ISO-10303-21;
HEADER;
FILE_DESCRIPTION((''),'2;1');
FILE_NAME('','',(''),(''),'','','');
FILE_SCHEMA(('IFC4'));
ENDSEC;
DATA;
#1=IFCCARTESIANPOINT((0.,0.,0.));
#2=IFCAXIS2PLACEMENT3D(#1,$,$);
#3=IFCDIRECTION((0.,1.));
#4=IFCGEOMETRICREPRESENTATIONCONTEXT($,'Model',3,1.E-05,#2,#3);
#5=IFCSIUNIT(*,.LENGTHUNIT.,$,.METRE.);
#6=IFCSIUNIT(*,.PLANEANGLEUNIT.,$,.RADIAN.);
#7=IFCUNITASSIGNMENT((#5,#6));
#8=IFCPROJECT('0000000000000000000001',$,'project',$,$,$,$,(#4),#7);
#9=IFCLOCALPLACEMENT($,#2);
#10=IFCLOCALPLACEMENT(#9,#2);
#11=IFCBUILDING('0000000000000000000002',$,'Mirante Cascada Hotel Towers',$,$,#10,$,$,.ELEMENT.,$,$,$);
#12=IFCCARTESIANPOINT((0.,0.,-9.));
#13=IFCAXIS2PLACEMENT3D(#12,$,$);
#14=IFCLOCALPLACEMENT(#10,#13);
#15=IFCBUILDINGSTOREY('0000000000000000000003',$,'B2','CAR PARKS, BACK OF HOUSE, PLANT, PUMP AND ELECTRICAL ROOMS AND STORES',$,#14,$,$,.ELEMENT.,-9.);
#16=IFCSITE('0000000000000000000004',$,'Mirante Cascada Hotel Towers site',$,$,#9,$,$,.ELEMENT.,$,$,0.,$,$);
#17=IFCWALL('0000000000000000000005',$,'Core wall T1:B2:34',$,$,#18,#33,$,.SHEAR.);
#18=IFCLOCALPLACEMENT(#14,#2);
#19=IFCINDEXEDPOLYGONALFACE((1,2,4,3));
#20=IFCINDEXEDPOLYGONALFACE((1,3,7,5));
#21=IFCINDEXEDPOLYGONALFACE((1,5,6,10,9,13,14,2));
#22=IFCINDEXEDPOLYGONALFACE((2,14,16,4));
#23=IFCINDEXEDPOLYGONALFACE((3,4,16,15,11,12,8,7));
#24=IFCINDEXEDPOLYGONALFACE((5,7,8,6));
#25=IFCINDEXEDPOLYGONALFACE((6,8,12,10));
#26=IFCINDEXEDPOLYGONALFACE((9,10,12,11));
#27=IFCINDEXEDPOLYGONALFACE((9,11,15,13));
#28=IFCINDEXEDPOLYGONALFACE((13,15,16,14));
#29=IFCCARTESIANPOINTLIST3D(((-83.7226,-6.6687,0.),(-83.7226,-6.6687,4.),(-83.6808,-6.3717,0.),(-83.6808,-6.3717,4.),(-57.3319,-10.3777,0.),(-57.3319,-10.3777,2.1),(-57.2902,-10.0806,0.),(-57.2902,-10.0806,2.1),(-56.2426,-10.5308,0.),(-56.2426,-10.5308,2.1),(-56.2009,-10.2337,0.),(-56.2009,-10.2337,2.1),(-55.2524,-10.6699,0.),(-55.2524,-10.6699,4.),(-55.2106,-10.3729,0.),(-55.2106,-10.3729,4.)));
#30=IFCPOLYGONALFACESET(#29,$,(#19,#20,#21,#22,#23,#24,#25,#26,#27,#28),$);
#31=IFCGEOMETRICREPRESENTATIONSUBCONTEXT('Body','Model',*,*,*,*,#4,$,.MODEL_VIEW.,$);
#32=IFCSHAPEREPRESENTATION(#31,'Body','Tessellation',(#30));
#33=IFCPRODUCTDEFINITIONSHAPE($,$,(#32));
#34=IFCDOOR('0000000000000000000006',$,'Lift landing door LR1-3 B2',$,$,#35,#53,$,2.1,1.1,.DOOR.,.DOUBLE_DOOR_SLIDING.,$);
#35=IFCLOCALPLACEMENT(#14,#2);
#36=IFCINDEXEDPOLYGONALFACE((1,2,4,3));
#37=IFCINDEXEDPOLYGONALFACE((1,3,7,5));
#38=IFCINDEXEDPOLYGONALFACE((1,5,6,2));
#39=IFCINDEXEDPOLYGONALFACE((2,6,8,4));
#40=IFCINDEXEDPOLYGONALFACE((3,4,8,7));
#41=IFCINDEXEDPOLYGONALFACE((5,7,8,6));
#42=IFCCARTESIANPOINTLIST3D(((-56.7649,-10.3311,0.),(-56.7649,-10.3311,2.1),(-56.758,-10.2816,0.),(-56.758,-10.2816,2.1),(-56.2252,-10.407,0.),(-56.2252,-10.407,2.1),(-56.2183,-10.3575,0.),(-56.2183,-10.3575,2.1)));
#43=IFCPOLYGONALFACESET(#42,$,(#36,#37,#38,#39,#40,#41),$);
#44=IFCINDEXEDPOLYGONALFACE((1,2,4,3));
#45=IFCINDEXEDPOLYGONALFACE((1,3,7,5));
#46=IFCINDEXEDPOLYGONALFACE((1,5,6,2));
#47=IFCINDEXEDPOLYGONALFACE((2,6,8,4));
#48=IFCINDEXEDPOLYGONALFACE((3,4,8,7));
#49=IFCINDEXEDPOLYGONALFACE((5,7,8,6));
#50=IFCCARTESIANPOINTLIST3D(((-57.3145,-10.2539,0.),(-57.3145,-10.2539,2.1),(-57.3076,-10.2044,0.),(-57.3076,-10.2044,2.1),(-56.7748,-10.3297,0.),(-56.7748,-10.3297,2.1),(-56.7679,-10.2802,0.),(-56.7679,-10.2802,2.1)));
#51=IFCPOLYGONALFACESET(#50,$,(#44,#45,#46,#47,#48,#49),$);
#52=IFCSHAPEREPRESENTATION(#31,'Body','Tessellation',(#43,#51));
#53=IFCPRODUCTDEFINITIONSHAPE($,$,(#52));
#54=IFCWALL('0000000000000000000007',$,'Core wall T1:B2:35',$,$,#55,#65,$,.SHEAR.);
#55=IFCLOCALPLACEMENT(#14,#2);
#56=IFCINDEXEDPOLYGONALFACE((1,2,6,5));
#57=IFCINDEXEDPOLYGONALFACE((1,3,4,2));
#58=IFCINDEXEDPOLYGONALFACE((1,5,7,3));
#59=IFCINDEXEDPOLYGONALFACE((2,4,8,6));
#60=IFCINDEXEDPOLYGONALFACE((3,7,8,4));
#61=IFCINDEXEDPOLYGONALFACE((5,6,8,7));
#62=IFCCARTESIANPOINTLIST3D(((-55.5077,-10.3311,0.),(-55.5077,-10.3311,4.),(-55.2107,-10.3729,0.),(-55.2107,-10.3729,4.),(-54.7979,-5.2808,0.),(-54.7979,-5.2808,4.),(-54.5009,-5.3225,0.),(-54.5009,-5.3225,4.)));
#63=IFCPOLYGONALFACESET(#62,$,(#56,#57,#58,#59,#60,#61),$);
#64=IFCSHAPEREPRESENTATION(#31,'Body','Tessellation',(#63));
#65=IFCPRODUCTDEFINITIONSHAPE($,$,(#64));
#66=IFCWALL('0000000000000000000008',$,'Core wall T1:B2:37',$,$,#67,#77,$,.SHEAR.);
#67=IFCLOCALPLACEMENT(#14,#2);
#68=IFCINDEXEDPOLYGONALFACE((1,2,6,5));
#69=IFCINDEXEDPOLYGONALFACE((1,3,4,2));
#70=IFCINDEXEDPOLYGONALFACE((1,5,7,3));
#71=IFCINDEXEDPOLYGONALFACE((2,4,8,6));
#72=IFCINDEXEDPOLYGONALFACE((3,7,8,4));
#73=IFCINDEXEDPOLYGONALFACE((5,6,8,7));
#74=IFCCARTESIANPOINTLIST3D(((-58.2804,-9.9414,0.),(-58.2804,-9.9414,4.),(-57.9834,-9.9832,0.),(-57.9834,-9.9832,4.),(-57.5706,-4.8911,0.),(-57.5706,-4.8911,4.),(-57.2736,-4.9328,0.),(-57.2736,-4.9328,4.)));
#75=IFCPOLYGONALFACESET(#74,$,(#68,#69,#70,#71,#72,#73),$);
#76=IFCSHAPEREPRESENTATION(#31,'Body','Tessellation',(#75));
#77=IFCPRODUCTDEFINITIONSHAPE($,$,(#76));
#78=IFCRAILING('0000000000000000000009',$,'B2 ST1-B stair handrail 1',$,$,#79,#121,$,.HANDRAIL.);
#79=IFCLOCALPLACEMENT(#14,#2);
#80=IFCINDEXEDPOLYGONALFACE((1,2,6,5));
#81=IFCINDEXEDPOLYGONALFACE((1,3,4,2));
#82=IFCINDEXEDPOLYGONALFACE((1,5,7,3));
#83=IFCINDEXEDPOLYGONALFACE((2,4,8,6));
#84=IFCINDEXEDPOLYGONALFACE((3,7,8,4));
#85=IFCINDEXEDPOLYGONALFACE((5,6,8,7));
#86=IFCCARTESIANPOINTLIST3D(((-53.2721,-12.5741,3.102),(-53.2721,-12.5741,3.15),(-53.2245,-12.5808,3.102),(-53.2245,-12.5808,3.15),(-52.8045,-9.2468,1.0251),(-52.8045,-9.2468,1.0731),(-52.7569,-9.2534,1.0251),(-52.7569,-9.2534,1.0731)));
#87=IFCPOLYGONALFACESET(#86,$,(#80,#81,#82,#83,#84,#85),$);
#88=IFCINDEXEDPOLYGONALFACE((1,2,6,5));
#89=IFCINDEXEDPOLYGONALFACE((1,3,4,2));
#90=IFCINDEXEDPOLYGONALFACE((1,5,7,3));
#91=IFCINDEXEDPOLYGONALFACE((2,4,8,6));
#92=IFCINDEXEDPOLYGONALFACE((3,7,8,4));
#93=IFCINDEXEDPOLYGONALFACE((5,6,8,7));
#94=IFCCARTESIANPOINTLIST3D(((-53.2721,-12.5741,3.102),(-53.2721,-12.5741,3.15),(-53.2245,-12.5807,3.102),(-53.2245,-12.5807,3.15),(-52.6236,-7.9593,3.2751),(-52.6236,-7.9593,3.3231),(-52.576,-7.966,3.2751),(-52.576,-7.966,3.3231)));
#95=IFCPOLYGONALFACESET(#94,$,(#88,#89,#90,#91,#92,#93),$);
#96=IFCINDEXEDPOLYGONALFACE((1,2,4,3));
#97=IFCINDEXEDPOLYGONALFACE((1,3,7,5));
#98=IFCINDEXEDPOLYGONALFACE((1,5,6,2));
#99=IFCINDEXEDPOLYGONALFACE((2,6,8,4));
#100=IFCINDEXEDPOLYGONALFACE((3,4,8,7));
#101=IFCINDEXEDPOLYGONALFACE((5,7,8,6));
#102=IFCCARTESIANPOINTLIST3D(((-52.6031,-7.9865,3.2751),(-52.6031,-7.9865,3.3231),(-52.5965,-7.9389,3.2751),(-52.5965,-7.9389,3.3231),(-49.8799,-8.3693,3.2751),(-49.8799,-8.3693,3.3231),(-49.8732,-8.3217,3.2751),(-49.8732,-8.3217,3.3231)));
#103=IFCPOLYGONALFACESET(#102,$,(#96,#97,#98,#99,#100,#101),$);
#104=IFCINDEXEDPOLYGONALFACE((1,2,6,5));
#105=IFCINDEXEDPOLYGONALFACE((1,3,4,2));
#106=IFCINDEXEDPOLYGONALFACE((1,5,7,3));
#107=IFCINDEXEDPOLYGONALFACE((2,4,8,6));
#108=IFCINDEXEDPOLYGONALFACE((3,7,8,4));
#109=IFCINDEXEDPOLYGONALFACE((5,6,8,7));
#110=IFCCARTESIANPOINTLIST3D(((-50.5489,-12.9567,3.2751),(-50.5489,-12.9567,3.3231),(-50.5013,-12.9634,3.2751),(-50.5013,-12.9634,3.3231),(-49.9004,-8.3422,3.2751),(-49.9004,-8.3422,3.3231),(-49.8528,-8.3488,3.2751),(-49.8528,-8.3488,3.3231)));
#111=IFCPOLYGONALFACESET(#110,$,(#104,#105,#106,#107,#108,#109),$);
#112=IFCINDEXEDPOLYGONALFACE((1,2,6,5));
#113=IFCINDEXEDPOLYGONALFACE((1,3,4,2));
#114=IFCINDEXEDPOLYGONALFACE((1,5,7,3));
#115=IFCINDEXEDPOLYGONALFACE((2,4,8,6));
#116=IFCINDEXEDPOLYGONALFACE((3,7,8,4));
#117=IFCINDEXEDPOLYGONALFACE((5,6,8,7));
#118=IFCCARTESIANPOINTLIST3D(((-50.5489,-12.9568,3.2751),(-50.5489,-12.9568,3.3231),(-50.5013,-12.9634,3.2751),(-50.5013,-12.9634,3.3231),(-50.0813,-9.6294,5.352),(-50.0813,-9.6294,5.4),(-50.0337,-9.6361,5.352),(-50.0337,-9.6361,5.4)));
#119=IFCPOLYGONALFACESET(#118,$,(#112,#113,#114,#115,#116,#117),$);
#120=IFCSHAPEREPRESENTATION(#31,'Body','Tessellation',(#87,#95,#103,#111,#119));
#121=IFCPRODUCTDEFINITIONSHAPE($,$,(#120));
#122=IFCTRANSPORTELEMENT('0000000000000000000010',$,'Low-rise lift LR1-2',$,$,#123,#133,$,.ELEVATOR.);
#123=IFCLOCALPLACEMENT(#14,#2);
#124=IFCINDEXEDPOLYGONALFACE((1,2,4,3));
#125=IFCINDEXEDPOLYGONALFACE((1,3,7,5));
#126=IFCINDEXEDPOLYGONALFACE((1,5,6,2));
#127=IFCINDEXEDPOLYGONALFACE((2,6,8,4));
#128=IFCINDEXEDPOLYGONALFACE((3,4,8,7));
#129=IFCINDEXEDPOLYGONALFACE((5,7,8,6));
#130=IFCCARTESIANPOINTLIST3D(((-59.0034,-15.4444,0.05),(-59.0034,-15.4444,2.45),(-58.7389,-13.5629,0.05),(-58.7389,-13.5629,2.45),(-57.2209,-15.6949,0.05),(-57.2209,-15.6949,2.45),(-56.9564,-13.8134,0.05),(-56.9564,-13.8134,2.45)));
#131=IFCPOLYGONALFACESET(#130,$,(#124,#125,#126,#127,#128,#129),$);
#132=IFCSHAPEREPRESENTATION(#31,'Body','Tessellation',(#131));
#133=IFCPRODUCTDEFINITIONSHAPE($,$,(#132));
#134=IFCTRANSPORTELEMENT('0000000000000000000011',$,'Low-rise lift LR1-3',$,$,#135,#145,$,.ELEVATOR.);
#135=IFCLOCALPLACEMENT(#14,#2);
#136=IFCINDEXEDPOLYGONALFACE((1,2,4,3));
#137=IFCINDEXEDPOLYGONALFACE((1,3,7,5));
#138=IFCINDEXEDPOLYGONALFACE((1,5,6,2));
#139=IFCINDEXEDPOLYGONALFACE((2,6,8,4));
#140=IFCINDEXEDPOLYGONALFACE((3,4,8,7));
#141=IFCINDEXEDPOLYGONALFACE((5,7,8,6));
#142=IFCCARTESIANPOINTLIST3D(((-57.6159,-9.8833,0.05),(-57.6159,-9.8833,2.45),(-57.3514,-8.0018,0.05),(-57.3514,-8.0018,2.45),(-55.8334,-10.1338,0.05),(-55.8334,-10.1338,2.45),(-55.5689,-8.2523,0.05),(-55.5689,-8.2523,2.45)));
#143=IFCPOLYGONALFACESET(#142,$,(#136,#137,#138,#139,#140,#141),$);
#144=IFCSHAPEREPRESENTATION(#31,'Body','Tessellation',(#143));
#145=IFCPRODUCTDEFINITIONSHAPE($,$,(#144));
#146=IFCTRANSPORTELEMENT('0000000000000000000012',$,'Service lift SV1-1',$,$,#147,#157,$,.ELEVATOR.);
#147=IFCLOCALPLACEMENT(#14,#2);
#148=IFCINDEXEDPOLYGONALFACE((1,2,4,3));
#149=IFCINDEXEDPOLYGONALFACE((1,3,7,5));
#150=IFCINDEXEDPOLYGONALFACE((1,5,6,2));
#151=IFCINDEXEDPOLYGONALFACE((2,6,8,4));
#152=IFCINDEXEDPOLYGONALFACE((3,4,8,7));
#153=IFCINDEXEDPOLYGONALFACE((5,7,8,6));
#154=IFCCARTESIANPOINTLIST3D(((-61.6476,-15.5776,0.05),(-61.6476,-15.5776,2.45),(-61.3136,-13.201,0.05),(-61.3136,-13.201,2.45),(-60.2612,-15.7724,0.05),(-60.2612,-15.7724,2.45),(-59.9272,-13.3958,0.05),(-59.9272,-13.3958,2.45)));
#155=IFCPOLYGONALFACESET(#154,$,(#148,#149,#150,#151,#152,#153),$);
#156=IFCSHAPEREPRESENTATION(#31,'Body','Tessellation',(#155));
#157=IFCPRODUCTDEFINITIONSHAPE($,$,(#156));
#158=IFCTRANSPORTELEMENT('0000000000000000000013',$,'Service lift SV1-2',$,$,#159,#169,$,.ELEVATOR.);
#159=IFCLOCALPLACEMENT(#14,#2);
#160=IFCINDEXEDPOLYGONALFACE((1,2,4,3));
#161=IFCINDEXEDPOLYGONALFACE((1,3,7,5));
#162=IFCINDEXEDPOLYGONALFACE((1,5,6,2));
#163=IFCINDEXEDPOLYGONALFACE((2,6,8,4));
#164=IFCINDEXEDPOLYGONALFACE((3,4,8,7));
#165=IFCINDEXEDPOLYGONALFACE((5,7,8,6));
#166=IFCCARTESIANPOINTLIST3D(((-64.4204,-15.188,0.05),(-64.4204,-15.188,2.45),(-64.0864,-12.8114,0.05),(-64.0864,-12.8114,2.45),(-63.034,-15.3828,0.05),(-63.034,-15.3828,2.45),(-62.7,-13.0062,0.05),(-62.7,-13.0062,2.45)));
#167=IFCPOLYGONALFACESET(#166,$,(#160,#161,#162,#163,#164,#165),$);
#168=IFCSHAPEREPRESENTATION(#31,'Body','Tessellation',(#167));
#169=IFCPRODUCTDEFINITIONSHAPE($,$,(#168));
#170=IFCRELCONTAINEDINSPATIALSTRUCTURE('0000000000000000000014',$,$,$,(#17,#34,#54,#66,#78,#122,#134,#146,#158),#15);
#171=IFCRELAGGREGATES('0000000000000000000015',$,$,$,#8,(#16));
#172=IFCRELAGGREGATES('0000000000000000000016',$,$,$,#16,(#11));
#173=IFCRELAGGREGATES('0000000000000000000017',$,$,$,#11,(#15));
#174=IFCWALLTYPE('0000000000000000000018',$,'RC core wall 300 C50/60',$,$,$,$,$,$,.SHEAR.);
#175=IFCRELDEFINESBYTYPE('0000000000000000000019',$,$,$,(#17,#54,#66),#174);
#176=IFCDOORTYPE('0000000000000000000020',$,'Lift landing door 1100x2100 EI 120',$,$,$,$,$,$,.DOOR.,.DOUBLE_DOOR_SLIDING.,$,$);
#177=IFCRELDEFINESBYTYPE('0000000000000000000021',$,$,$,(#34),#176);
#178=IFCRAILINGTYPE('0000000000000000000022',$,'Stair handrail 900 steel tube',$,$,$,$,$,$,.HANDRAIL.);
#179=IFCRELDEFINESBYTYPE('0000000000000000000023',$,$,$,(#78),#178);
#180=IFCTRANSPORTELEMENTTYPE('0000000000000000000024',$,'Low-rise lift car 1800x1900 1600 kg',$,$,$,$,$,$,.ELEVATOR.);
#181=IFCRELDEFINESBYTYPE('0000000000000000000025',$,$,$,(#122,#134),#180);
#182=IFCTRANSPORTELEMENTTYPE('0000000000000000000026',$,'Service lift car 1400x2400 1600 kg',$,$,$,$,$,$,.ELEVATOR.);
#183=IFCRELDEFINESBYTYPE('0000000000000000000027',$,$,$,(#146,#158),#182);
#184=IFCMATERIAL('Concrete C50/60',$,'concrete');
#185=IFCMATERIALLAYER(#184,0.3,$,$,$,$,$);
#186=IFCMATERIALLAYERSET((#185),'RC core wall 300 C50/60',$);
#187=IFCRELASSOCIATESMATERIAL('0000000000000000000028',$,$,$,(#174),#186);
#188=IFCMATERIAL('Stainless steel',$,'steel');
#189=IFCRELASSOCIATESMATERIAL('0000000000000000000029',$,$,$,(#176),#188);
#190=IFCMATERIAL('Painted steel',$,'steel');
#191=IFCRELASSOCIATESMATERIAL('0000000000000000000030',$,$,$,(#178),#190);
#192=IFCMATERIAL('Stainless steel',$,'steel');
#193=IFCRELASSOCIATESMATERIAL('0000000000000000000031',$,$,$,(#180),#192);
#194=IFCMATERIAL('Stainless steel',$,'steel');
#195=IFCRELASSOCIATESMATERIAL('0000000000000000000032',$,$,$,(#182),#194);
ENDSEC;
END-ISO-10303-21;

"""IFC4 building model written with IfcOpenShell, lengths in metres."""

from ifc_helpers import new_model, si_unit, direction, frame, frame_2d, origin, origin_2d, place, context, subcontext, project, spatial, rectangle, extrude, material, layer, layer_set, type_object, element, fill, save


model = new_model("IFC4")

# Units and contexts
model_context = context("Model", 3, precision=1e-05, world=origin(), true_north=direction((0.0, 1.0)))
body_context = subcontext(model_context, "Body", "Model", "MODEL_VIEW")
ifc_project = project(units=[si_unit("LENGTHUNIT", "METRE"), si_unit("PLANEANGLEUNIT", "RADIAN")], contexts=[model_context])

# Site, building, storey
site_placement = place(None, origin())
site = spatial("IfcSite", under=ifc_project, at=site_placement, Name="Mirante Cascada Hotel Towers site", CompositionType="ELEMENT", RefElevation=0.0)
building_placement = place(site_placement, origin())
building = spatial("IfcBuilding", under=site, at=building_placement, Name="Mirante Cascada Hotel Towers", CompositionType="ELEMENT")
storey_placement = place(building_placement, frame((0.0, 0.0, -9.0)))
storey = spatial("IfcBuildingStorey", under=building, at=storey_placement, Name="B2", Description="CAR PARKS, BACK OF HOUSE, PLANT, PUMP AND ELECTRICAL ROOMS AND STORES", CompositionType="ELEMENT", Elevation=-9.0)

# Shared definitions
ifc_material_1 = material(Name="Concrete C50/60", Category="concrete")
ifc_layer = layer(ifc_material_1, 0.3)
ifc_layer_set = layer_set([ifc_layer], Name="RC core wall 300 C50/60")
wall_type = type_object("IfcWallType", Name="RC core wall 300 C50/60", PredefinedType="SHEAR", material=ifc_layer_set)
ifc_material_2 = material(Name="Stainless steel", Category="steel")
door_type_1 = type_object("IfcDoorType", Name="Lift landing door 1100x2100 EI 120", OperationType="DOUBLE_DOOR_SLIDING", PredefinedType="DOOR", material=ifc_material_2)

# Wall, opening, door
wall_1_placement = place(storey_placement, frame((-55.2315, -10.5214, 0.0), z_axis=(0.0, 0.0, 1.0), x_axis=(-0.990268, 0.139172, 0.0)))
wall_1 = element("IfcWall", 1, at=wall_1_placement, inside=storey, type_object=wall_type, Name="Core wall T1:B2:34", PredefinedType="SHEAR", context=body_context, shape_type="SweptSolid", body=[
    extrude(rectangle(XDim=28.75, YDim=0.3, at=frame_2d((14.375, 0.0))), origin(), (0.0, 0.0, 1.0), 4.0),
])
opening_1_placement = place(wall_1_placement, frame((1.0, 0.0, 0.0)))
opening_1 = element("IfcOpeningElement", 2, at=opening_1_placement, cuts=wall_1, PredefinedType="OPENING", context=body_context, shape_type="SweptSolid", body=[
    extrude(rectangle(XDim=1.1, YDim=2.1, at=frame_2d((0.55, 1.05))), frame((0.0, 0.15, 0.0), z_axis=(0.0, -1.0, 0.0), x_axis=(1.0, 0.0, 0.0)), (0.0, 0.0, 1.0), 0.3),
])
door_1_placement = place(opening_1_placement, origin())
door_1 = element("IfcDoor", 3, at=door_1_placement, inside=storey, type_object=door_type_1, Name="Lift landing door LR1-3 B2", OperationType="DOUBLE_DOOR_SLIDING", OverallHeight=2.1, OverallWidth=1.1, PredefinedType="DOOR", context=body_context, shape_type="SweptSolid", body=[
    extrude(rectangle(XDim=0.545, YDim=2.1, at=frame_2d((0.2725, 1.05))), frame((0.0, 0.025, 0.0), z_axis=(0.0, -1.0, 0.0), x_axis=(1.0, 0.0, 0.0)), (0.0, 0.0, 1.0), 0.05),
    extrude(rectangle(XDim=0.545, YDim=2.1, at=frame_2d((0.8275, 1.05))), frame((0.0, 0.025, 0.0), z_axis=(0.0, -1.0, 0.0), x_axis=(1.0, 0.0, 0.0)), (0.0, 0.0, 1.0), 0.05),
])
fill(opening_1, door_1)

# Walls
for number, where, z_axis, x_axis, name in (
    (4, (-55.3592, -10.352, 0.0), (0.0, 0.0, 1.0), (0.139176, 0.990268, 0.0), "Core wall T1:B2:35"),
    (5, (-58.1319, -9.9623, 0.0), (0.0, 0.0, 1.0), (0.139176, 0.990268, 0.0), "Core wall T1:B2:37"),
):
    element("IfcWall", number, at=place(storey_placement, frame(where, z_axis=z_axis, x_axis=x_axis)), inside=storey, type_object=wall_type, Name=name, PredefinedType="SHEAR", context=body_context, shape_type="SweptSolid", body=[
        extrude(rectangle(XDim=5.1, YDim=0.3, at=frame_2d((2.55, 0.0))), origin(), (0.0, 0.0, 1.0), 4.0),
    ])

# Railing
ifc_material_3 = material(Name="Painted steel", Category="steel")
railing_type = type_object("IfcRailingType", Name="Stair handrail 900 steel tube", PredefinedType="HANDRAIL", material=ifc_material_3)
railing_placement = place(storey_placement, frame((-52.7807, -9.2501, 0.1731)))
element("IfcRailing", 6, at=railing_placement, inside=storey, type_object=railing_type, Name="B2 ST1-B stair handrail 1", PredefinedType="HANDRAIL", context=body_context, shape_type="SweptSolid", body=[
    extrude(rectangle(XDim=0.048, YDim=0.048, at=origin_2d()), frame((0.0, 0.0, 0.876), z_axis=(-0.139167, -0.990269, 0.0), x_axis=(0.990269, -0.139167, 0.0)), (0.0, 0.525787, 0.850616), 3.9501),
    extrude(rectangle(XDim=0.048, YDim=0.048, at=origin_2d()), frame((-0.4676, -3.3273, 2.9529), z_axis=(0.139162, 0.99027, 0.0), x_axis=(-0.99027, 0.139162, 0.0)), (0.0, 0.03712, 0.999311), 4.6633),
    extrude(rectangle(XDim=0.048, YDim=0.048, at=origin_2d()), frame((0.1809, 1.2874, 3.126), z_axis=(0.990264, -0.139201, 0.0), x_axis=(0.139201, 0.990264, 0.0)), (0.0, 0.0, 1.0), 2.75),
    extrude(rectangle(XDim=0.048, YDim=0.048, at=origin_2d()), frame((2.9041, 0.9046, 3.126), z_axis=(-0.139165, -0.990269, 0.0), x_axis=(0.990269, -0.139165, 0.0)), (0.0, 0.0, 1.0), 4.6599),
    extrude(rectangle(XDim=0.048, YDim=0.048, at=origin_2d()), frame((2.2556, -3.71, 3.126), z_axis=(0.139167, 0.990269, 0.0), x_axis=(-0.990269, 0.139167, 0.0)), (0.0, 0.525787, 0.850616), 3.9501),
])

# Transport elements
ifc_material_4 = material(Name="Stainless steel", Category="steel")
transport_element_type_1 = type_object("IfcTransportElementType", Name="Low-rise lift car 1800x1900 1600 kg", PredefinedType="ELEVATOR", material=ifc_material_4)
for number, where, z_axis, x_axis, name in (
    (7, (-57.9799, -14.6289, 0.05), (0.0, 0.0, 1.0), (-0.990268, 0.139173, 0.0), "Low-rise lift LR1-2"),
    (8, (-56.5924, -9.0678, 0.05), (0.0, 0.0, 1.0), (-0.990268, 0.139173, 0.0), "Low-rise lift LR1-3"),
):
    element("IfcTransportElement", number, at=place(storey_placement, frame(where, z_axis=z_axis, x_axis=x_axis)), inside=storey, type_object=transport_element_type_1, Name=name, PredefinedType="ELEVATOR", context=body_context, shape_type="SweptSolid", body=[
        extrude(rectangle(XDim=1.8, YDim=1.9, at=origin_2d()), origin(), (0.0, 0.0, 1.0), 2.4),
    ])
ifc_material_5 = material(Name="Stainless steel", Category="steel")
transport_element_type_2 = type_object("IfcTransportElementType", Name="Service lift car 1400x2400 1600 kg", PredefinedType="ELEVATOR", material=ifc_material_5)
for number, where, z_axis, x_axis, name in (
    (9, (-60.7874, -14.4867, 0.05), (0.0, 0.0, 1.0), (-0.990268, 0.139173, 0.0), "Service lift SV1-1"),
    (10, (-63.5602, -14.0971, 0.05), (0.0, 0.0, 1.0), (-0.990268, 0.139173, 0.0), "Service lift SV1-2"),
):
    element("IfcTransportElement", number, at=place(storey_placement, frame(where, z_axis=z_axis, x_axis=x_axis)), inside=storey, type_object=transport_element_type_2, Name=name, PredefinedType="ELEVATOR", context=body_context, shape_type="SweptSolid", body=[
        extrude(rectangle(XDim=1.4, YDim=2.4, at=origin_2d()), origin(), (0.0, 0.0, 1.0), 2.4),
    ])

save(model, "model.ifc")
